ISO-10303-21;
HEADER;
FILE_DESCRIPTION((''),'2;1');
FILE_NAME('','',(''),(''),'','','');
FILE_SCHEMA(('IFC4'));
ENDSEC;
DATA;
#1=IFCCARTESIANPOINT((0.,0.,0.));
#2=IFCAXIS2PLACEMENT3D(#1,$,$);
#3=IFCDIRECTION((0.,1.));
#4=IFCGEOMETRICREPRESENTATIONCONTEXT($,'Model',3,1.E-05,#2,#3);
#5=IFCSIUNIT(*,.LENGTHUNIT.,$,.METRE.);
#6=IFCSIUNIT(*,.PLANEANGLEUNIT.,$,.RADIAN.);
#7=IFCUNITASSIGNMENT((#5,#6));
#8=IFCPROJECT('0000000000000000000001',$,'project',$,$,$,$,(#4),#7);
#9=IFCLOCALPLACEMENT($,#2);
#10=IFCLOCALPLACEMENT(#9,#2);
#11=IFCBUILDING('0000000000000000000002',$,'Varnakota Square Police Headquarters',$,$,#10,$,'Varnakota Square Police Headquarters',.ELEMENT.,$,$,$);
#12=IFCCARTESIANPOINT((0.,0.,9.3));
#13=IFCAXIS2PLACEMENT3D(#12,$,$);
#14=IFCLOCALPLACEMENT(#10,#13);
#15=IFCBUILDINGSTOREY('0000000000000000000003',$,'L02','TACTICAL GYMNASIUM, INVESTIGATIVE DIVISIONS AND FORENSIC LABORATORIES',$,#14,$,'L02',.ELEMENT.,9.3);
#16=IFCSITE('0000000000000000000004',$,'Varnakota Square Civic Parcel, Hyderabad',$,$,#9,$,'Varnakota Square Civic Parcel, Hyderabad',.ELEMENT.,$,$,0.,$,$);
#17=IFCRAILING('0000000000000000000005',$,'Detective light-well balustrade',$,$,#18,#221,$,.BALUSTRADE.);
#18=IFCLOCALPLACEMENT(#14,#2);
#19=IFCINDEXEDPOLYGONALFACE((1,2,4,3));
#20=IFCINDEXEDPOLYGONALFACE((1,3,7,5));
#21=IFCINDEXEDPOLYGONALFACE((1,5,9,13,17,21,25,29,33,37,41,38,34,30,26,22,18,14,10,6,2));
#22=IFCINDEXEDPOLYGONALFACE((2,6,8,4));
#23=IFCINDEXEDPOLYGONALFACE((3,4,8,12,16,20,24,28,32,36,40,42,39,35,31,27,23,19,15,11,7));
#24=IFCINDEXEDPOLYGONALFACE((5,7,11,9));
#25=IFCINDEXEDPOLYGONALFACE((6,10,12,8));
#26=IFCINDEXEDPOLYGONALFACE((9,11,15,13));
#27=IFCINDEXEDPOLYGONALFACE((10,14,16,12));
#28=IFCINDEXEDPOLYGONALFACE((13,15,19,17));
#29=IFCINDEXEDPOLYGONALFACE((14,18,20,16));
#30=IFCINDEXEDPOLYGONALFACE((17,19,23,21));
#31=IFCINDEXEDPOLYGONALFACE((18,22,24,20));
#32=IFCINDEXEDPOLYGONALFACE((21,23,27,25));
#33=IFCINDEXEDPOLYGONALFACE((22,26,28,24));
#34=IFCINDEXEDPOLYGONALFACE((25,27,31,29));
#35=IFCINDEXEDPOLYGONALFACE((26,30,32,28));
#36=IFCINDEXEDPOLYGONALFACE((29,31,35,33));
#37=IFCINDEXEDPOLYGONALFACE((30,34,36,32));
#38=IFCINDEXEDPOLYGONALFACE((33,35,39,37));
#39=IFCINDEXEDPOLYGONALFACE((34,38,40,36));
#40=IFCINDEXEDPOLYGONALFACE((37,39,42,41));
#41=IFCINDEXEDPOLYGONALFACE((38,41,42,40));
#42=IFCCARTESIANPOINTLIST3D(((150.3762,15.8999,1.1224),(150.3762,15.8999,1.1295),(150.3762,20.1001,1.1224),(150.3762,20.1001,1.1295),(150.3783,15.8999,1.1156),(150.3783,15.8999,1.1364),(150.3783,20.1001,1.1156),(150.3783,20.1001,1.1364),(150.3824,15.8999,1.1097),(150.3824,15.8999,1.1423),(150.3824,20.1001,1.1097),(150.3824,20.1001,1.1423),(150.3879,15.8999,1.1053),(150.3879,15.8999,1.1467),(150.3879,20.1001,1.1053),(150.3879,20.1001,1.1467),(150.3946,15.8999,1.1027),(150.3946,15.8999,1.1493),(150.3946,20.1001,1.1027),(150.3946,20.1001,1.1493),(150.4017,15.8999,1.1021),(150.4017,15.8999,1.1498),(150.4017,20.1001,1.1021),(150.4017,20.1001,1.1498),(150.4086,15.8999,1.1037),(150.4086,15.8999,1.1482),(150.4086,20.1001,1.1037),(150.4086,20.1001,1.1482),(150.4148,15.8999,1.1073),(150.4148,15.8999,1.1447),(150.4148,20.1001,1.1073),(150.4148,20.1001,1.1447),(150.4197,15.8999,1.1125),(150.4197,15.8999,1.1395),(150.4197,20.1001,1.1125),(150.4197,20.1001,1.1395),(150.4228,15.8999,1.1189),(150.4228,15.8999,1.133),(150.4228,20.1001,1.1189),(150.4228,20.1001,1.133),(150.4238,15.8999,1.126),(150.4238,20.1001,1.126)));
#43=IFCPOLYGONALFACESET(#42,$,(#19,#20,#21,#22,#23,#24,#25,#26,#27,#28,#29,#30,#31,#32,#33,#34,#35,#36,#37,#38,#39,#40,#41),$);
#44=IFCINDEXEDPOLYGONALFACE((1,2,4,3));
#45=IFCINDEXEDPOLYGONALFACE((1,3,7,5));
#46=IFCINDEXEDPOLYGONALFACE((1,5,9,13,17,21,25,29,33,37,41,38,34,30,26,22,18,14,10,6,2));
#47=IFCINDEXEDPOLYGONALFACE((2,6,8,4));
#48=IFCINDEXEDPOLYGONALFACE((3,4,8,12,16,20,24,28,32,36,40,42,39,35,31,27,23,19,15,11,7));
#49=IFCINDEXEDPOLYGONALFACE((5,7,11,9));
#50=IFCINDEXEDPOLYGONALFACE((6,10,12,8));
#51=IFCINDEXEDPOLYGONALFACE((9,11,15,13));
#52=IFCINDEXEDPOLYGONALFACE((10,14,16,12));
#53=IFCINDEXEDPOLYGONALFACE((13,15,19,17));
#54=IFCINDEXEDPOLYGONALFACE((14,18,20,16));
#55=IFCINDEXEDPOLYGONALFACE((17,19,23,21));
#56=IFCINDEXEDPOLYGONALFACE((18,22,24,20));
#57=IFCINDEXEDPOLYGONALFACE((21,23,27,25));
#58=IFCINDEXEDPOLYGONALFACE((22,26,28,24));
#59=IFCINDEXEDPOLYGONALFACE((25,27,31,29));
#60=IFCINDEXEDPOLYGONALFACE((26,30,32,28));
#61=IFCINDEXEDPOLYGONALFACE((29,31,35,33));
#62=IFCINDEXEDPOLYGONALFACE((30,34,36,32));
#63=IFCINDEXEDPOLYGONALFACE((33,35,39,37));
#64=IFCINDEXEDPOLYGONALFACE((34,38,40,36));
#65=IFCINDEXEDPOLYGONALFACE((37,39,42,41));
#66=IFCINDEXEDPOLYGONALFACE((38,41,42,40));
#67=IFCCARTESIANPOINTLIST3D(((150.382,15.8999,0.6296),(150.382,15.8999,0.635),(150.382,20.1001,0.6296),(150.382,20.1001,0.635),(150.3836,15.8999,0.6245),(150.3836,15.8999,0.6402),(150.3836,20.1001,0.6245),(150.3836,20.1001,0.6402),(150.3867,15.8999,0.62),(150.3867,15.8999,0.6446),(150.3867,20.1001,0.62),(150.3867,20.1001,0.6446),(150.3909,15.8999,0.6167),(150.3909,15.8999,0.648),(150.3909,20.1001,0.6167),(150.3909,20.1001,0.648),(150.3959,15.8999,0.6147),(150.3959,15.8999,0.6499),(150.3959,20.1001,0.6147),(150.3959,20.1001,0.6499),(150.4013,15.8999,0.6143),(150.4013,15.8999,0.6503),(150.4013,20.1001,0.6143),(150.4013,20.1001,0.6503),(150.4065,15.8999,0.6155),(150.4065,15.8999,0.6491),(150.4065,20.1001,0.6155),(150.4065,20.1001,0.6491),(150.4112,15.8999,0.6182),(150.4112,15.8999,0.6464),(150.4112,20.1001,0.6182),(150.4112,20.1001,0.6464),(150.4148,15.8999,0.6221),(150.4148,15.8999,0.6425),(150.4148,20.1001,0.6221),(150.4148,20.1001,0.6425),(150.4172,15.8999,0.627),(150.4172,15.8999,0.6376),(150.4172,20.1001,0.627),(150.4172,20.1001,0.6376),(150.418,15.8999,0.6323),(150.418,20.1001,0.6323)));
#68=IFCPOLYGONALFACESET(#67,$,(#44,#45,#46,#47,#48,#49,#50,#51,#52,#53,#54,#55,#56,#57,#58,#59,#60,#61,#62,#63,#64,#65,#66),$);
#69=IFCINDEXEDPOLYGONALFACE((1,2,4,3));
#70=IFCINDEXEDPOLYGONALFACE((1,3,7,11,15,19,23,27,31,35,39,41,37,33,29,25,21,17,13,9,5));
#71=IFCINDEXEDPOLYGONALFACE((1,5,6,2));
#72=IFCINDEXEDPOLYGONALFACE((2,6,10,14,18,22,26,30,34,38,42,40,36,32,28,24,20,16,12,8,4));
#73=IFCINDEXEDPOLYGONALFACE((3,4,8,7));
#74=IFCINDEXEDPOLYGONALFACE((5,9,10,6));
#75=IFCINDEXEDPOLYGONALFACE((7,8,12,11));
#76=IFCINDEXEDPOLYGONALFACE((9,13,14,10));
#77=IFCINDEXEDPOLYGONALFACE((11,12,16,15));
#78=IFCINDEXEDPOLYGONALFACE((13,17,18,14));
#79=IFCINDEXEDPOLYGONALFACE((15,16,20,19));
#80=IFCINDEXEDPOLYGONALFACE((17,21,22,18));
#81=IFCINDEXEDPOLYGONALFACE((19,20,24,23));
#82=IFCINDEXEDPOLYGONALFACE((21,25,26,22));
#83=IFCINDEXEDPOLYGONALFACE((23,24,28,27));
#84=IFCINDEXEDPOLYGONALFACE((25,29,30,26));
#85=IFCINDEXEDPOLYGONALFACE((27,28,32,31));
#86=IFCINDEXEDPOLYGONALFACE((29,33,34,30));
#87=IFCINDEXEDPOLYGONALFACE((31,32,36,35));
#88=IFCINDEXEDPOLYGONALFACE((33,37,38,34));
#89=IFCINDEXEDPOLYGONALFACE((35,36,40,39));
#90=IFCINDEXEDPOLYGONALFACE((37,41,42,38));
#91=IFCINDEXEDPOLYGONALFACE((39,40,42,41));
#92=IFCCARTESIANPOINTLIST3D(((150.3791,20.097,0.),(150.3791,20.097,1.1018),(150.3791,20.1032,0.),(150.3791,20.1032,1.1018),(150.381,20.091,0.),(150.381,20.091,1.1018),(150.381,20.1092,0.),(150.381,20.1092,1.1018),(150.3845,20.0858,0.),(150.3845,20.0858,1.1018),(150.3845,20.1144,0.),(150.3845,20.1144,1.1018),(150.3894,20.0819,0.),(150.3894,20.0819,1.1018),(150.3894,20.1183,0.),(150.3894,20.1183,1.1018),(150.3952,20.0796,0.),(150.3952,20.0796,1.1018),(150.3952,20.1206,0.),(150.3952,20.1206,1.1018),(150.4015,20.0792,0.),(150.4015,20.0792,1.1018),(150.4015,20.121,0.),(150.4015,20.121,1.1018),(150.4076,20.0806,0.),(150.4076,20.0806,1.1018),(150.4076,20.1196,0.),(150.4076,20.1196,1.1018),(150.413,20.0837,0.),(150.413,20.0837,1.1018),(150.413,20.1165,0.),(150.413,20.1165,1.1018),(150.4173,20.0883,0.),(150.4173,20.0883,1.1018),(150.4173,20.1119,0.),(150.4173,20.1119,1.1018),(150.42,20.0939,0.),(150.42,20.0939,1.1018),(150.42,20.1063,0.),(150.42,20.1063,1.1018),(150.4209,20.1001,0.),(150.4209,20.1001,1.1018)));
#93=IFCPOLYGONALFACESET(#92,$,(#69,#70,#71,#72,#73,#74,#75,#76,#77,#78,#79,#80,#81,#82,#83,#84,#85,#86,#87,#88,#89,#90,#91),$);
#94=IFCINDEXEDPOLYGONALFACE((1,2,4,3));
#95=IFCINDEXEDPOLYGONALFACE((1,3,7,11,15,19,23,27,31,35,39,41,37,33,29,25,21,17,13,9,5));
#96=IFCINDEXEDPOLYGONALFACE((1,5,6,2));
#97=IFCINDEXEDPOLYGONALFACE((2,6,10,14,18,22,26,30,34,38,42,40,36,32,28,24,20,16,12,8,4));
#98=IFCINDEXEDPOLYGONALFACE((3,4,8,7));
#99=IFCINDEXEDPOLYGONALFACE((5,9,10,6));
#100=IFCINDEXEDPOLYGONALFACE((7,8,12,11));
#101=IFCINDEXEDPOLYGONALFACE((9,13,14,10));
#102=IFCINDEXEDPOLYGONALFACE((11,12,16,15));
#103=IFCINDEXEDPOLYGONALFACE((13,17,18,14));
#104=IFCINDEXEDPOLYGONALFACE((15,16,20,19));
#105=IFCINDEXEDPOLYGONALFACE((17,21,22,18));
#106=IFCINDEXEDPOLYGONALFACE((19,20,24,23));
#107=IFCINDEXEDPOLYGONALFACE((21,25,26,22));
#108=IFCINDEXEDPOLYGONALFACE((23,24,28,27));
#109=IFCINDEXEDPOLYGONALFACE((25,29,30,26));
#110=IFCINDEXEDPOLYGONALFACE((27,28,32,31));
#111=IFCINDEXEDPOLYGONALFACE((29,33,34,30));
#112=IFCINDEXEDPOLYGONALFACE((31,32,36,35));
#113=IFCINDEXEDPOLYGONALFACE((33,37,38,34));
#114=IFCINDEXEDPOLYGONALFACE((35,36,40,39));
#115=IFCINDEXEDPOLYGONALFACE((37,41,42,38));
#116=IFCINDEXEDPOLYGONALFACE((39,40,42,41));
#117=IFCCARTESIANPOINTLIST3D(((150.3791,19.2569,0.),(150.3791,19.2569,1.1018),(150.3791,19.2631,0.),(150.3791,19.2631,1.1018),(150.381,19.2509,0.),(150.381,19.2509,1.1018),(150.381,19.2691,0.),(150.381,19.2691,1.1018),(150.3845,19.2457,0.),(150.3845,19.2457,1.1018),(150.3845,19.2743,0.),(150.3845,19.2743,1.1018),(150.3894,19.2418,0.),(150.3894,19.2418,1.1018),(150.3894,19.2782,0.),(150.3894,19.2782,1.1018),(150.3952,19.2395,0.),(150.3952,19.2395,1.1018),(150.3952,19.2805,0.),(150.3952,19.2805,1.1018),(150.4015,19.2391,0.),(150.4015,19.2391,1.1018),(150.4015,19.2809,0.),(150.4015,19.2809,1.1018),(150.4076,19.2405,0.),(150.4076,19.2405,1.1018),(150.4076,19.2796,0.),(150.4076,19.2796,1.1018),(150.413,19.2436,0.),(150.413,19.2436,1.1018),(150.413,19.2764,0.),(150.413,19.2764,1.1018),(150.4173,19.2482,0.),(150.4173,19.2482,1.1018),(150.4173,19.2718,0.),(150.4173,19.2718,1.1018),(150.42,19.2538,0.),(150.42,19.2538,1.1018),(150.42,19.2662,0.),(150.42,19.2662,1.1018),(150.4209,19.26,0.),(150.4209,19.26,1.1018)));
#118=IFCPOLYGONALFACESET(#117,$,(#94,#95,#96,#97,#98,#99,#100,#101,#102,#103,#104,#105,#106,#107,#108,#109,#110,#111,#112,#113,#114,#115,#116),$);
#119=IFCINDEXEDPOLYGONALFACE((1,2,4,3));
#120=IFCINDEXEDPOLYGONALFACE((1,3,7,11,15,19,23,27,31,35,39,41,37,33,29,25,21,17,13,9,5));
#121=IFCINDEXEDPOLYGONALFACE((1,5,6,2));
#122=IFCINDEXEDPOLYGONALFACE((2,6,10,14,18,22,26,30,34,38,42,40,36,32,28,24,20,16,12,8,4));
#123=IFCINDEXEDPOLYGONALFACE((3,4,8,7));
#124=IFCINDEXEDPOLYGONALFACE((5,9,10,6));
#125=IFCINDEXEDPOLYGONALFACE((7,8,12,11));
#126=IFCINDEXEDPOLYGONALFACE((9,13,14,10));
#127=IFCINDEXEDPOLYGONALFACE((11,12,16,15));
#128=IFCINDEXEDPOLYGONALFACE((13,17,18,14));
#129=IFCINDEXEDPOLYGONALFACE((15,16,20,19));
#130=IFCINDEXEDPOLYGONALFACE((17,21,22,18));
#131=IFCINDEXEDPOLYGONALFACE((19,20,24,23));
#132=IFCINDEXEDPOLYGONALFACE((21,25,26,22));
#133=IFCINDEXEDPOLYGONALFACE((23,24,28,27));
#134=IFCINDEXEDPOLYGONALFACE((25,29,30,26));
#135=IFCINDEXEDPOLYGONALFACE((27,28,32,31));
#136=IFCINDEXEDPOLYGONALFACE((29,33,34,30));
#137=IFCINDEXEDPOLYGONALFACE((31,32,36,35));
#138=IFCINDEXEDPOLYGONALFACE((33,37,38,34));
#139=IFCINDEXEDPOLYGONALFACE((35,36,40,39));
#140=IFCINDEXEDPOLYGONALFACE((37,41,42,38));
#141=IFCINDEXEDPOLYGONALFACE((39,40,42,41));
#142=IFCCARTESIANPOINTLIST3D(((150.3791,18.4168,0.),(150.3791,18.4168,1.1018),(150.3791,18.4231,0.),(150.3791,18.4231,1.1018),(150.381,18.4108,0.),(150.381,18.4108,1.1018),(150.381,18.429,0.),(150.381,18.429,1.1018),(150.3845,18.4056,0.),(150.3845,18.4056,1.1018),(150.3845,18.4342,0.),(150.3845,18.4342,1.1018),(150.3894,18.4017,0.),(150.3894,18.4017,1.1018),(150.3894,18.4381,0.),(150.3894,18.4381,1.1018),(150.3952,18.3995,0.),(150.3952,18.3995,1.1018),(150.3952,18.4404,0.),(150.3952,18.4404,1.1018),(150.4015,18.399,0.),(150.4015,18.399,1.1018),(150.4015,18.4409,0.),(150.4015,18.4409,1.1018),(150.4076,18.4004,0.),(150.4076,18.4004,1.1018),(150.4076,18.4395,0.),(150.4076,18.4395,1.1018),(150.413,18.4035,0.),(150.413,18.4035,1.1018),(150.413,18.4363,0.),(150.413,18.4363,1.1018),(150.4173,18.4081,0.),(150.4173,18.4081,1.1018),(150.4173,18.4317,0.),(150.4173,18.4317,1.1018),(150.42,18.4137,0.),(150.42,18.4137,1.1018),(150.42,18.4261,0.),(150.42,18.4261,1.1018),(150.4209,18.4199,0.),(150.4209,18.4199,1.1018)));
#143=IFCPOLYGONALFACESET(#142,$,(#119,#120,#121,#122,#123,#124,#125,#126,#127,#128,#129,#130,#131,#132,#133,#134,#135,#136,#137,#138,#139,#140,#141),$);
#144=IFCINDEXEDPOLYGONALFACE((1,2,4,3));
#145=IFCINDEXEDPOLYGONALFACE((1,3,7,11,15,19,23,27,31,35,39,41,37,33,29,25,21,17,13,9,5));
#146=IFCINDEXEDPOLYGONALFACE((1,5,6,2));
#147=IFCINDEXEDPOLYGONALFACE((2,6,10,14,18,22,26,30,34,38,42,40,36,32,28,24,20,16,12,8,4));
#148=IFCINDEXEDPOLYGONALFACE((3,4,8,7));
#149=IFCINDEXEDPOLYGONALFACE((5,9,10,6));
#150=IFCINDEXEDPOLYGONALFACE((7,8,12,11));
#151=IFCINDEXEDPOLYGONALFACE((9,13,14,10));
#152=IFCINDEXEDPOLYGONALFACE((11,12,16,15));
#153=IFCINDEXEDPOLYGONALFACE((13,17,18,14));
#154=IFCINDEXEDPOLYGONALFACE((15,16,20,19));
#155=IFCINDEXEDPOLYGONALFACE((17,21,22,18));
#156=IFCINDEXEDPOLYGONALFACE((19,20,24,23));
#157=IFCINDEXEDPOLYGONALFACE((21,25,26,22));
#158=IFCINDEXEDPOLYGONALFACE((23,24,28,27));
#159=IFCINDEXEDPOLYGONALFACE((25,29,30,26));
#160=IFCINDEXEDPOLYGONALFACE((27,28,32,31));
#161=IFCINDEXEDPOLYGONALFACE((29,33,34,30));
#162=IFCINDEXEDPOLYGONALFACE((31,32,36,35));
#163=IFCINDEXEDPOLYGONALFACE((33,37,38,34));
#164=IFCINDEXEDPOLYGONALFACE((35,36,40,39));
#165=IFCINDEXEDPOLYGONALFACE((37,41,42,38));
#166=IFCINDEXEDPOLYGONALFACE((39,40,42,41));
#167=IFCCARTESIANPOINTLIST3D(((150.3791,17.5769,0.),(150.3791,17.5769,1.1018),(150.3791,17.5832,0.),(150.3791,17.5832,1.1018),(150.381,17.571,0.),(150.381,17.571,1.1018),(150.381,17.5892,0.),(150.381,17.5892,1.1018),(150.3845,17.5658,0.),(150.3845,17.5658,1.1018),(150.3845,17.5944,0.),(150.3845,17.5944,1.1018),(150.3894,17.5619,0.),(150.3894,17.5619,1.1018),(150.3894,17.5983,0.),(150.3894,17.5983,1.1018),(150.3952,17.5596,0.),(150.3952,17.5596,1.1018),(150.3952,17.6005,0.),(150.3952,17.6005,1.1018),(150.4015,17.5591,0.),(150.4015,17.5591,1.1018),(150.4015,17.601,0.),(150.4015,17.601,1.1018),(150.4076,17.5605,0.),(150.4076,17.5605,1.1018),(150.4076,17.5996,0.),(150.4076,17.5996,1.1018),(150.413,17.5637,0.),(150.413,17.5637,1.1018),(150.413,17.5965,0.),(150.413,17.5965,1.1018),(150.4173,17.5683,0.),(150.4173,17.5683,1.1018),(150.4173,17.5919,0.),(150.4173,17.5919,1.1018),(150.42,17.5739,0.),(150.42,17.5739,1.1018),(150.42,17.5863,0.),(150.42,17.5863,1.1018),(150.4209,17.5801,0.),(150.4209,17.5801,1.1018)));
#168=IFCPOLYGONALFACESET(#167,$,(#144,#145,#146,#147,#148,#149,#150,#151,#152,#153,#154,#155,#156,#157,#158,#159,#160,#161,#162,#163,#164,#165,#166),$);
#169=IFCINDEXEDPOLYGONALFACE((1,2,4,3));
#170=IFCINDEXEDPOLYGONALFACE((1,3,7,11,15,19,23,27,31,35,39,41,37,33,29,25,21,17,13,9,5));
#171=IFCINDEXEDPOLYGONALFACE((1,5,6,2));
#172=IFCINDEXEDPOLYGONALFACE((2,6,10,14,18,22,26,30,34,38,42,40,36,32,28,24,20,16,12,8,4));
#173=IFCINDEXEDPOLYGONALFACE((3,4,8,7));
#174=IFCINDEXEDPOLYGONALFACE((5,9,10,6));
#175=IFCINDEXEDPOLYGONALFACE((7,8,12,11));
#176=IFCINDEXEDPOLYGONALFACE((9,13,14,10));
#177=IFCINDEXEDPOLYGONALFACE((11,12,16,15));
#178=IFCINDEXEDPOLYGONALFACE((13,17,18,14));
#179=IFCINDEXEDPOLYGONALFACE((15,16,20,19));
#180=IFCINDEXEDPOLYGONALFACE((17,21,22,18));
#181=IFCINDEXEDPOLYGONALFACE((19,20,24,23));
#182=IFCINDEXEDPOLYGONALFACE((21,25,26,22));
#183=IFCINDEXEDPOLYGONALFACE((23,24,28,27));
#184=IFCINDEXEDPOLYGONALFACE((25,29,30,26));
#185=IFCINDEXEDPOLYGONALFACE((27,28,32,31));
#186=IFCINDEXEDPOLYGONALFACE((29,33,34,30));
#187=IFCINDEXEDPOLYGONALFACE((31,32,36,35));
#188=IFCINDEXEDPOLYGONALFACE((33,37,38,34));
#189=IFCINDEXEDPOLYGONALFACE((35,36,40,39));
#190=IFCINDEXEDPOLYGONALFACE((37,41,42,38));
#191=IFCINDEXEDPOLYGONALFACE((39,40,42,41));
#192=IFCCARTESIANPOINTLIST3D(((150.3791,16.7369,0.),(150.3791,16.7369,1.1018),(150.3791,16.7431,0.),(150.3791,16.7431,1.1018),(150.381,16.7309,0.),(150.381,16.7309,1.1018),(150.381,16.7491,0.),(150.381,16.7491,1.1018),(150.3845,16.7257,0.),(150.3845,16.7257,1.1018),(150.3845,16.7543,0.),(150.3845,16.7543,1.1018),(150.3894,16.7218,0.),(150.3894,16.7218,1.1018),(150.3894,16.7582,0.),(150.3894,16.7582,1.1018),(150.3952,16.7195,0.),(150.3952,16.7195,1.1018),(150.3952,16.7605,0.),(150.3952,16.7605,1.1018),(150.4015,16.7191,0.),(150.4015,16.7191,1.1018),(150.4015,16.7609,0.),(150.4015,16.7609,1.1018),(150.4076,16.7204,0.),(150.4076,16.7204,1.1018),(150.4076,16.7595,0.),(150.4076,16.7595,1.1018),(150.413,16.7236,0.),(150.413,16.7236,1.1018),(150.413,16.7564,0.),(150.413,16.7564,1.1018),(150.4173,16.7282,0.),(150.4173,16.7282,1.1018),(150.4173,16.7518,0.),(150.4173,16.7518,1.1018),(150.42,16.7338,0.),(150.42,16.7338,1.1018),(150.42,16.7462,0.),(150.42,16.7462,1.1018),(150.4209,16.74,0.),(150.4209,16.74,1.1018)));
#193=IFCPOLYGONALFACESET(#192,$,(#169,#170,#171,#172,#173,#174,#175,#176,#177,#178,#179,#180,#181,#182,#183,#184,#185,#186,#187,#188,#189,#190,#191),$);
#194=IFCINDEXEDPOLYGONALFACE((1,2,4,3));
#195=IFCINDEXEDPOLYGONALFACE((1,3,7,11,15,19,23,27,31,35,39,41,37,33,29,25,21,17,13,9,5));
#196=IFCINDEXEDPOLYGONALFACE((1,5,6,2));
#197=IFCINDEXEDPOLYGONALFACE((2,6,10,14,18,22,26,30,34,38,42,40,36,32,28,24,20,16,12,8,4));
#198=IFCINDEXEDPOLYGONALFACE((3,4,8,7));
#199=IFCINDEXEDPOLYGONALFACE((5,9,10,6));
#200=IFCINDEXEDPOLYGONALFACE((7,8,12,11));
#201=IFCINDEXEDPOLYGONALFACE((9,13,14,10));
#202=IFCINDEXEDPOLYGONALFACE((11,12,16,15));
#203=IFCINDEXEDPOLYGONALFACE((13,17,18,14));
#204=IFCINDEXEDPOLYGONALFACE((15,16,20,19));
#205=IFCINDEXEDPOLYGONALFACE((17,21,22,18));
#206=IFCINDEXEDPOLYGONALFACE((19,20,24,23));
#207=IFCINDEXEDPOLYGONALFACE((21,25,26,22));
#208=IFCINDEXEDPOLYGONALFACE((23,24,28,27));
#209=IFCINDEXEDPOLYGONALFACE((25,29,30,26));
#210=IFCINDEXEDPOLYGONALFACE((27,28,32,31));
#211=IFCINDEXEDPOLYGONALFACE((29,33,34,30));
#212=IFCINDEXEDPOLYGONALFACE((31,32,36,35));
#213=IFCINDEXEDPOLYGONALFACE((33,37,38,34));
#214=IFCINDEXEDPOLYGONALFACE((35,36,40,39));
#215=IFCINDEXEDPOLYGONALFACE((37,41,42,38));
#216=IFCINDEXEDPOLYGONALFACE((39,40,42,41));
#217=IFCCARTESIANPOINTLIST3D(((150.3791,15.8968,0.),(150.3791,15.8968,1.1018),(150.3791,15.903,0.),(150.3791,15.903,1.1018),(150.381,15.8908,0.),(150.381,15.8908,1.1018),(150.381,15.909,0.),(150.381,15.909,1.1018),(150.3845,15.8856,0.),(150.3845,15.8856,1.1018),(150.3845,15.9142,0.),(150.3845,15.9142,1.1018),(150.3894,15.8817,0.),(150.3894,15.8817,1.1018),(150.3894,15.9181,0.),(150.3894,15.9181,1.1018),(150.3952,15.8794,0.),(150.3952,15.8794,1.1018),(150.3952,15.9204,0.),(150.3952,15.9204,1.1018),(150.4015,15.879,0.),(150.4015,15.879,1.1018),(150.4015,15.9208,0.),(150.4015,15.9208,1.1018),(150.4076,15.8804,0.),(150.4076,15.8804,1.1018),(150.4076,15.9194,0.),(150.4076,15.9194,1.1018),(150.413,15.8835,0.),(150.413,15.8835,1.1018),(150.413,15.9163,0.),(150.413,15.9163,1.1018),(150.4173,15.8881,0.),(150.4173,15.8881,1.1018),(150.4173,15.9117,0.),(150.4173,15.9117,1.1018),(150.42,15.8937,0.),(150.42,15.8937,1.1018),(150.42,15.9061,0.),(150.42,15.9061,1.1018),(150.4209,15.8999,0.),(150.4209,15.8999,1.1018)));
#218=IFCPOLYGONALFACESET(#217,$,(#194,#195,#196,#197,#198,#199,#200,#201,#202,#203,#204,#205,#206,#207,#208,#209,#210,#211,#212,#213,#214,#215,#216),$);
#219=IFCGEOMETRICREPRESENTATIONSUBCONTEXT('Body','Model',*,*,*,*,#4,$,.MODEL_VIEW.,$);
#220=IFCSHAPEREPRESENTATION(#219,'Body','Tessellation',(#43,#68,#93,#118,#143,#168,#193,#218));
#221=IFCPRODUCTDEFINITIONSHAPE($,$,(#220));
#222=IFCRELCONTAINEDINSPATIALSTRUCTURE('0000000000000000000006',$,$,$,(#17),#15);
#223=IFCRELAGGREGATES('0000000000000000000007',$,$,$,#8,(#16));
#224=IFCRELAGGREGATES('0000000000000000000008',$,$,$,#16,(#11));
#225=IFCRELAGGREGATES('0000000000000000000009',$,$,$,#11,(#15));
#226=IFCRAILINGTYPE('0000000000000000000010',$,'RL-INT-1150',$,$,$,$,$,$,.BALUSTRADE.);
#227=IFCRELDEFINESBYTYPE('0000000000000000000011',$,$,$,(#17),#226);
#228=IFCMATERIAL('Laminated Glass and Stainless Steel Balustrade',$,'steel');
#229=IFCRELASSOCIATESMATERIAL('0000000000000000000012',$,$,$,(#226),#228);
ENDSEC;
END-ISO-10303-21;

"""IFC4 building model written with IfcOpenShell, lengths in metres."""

from ifc_helpers import new_model, si_unit, direction, frame, origin, origin_2d, place, context, subcontext, project, spatial, circle, extrude, material, type_object, element, save


model = new_model("IFC4")

# Units and contexts
model_context = context("Model", 3, precision=1e-05, world=origin(), true_north=direction((0.0, 1.0)))
body_context = subcontext(model_context, "Body", "Model", "MODEL_VIEW")
ifc_project = project(units=[si_unit("LENGTHUNIT", "METRE"), si_unit("PLANEANGLEUNIT", "RADIAN")], contexts=[model_context])

# Site, building, storey
site_placement = place(None, origin())
site = spatial("IfcSite", under=ifc_project, at=site_placement, Name="Varnakota Square Civic Parcel, Hyderabad", LongName="Varnakota Square Civic Parcel, Hyderabad", CompositionType="ELEMENT", RefElevation=0.0)
building_placement = place(site_placement, origin())
building = spatial("IfcBuilding", under=site, at=building_placement, Name="Varnakota Square Police Headquarters", LongName="Varnakota Square Police Headquarters", CompositionType="ELEMENT")
storey_placement = place(building_placement, frame((0.0, 0.0, 9.3)))
storey = spatial("IfcBuildingStorey", under=building, at=storey_placement, Name="L02", Description="TACTICAL GYMNASIUM, INVESTIGATIVE DIVISIONS AND FORENSIC LABORATORIES", LongName="L02", CompositionType="ELEMENT", Elevation=9.3)

# Railing
ifc_material_1 = material(Name="Laminated Glass and Stainless Steel Balustrade", Category="steel")
railing_type_1 = type_object("IfcRailingType", Name="RL-INT-1150", PredefinedType="BALUSTRADE", material=ifc_material_1)
railing_1_placement = place(storey_placement, frame((150.3999, 20.1001, 0.0)))
element("IfcRailing", 1, at=railing_1_placement, inside=storey, type_object=railing_type_1, Name="Detective light-well balustrade", PredefinedType="BALUSTRADE", context=body_context, shape_type="SweptSolid", body=[
    extrude(circle(Radius=0.0239, at=origin_2d()), frame((0.0, 0.0, 1.126), z_axis=(0.0, -1.0, 0.0), x_axis=(1.0, 0.0, 0.0)), (0.0, 0.0, 1.0), 4.2002),
    extrude(circle(Radius=0.0181, at=origin_2d()), frame((0.0, 0.0, 0.6323), z_axis=(0.0, -1.0, 0.0), x_axis=(1.0, 0.0, 0.0)), (0.0, 0.0, 1.0), 4.2002),
    extrude(circle(Radius=0.021, at=origin_2d()), origin(), (0.0, 0.0, 1.0), 1.1018),
    extrude(circle(Radius=0.021, at=origin_2d()), frame((0.0, -0.8401, 0.0)), (0.0, 0.0, 1.0), 1.1018),
    extrude(circle(Radius=0.021, at=origin_2d()), frame((0.0, -1.6802, 0.0)), (0.0, 0.0, 1.0), 1.1018),
    extrude(circle(Radius=0.021, at=origin_2d()), frame((0.0, -2.52, 0.0)), (0.0, 0.0, 1.0), 1.1018),
    extrude(circle(Radius=0.021, at=origin_2d()), frame((0.0, -3.3601, 0.0)), (0.0, 0.0, 1.0), 1.1018),
    extrude(circle(Radius=0.021, at=origin_2d()), frame((0.0, -4.2002, 0.0)), (0.0, 0.0, 1.0), 1.1018),
])

save(model, "model.ifc")
